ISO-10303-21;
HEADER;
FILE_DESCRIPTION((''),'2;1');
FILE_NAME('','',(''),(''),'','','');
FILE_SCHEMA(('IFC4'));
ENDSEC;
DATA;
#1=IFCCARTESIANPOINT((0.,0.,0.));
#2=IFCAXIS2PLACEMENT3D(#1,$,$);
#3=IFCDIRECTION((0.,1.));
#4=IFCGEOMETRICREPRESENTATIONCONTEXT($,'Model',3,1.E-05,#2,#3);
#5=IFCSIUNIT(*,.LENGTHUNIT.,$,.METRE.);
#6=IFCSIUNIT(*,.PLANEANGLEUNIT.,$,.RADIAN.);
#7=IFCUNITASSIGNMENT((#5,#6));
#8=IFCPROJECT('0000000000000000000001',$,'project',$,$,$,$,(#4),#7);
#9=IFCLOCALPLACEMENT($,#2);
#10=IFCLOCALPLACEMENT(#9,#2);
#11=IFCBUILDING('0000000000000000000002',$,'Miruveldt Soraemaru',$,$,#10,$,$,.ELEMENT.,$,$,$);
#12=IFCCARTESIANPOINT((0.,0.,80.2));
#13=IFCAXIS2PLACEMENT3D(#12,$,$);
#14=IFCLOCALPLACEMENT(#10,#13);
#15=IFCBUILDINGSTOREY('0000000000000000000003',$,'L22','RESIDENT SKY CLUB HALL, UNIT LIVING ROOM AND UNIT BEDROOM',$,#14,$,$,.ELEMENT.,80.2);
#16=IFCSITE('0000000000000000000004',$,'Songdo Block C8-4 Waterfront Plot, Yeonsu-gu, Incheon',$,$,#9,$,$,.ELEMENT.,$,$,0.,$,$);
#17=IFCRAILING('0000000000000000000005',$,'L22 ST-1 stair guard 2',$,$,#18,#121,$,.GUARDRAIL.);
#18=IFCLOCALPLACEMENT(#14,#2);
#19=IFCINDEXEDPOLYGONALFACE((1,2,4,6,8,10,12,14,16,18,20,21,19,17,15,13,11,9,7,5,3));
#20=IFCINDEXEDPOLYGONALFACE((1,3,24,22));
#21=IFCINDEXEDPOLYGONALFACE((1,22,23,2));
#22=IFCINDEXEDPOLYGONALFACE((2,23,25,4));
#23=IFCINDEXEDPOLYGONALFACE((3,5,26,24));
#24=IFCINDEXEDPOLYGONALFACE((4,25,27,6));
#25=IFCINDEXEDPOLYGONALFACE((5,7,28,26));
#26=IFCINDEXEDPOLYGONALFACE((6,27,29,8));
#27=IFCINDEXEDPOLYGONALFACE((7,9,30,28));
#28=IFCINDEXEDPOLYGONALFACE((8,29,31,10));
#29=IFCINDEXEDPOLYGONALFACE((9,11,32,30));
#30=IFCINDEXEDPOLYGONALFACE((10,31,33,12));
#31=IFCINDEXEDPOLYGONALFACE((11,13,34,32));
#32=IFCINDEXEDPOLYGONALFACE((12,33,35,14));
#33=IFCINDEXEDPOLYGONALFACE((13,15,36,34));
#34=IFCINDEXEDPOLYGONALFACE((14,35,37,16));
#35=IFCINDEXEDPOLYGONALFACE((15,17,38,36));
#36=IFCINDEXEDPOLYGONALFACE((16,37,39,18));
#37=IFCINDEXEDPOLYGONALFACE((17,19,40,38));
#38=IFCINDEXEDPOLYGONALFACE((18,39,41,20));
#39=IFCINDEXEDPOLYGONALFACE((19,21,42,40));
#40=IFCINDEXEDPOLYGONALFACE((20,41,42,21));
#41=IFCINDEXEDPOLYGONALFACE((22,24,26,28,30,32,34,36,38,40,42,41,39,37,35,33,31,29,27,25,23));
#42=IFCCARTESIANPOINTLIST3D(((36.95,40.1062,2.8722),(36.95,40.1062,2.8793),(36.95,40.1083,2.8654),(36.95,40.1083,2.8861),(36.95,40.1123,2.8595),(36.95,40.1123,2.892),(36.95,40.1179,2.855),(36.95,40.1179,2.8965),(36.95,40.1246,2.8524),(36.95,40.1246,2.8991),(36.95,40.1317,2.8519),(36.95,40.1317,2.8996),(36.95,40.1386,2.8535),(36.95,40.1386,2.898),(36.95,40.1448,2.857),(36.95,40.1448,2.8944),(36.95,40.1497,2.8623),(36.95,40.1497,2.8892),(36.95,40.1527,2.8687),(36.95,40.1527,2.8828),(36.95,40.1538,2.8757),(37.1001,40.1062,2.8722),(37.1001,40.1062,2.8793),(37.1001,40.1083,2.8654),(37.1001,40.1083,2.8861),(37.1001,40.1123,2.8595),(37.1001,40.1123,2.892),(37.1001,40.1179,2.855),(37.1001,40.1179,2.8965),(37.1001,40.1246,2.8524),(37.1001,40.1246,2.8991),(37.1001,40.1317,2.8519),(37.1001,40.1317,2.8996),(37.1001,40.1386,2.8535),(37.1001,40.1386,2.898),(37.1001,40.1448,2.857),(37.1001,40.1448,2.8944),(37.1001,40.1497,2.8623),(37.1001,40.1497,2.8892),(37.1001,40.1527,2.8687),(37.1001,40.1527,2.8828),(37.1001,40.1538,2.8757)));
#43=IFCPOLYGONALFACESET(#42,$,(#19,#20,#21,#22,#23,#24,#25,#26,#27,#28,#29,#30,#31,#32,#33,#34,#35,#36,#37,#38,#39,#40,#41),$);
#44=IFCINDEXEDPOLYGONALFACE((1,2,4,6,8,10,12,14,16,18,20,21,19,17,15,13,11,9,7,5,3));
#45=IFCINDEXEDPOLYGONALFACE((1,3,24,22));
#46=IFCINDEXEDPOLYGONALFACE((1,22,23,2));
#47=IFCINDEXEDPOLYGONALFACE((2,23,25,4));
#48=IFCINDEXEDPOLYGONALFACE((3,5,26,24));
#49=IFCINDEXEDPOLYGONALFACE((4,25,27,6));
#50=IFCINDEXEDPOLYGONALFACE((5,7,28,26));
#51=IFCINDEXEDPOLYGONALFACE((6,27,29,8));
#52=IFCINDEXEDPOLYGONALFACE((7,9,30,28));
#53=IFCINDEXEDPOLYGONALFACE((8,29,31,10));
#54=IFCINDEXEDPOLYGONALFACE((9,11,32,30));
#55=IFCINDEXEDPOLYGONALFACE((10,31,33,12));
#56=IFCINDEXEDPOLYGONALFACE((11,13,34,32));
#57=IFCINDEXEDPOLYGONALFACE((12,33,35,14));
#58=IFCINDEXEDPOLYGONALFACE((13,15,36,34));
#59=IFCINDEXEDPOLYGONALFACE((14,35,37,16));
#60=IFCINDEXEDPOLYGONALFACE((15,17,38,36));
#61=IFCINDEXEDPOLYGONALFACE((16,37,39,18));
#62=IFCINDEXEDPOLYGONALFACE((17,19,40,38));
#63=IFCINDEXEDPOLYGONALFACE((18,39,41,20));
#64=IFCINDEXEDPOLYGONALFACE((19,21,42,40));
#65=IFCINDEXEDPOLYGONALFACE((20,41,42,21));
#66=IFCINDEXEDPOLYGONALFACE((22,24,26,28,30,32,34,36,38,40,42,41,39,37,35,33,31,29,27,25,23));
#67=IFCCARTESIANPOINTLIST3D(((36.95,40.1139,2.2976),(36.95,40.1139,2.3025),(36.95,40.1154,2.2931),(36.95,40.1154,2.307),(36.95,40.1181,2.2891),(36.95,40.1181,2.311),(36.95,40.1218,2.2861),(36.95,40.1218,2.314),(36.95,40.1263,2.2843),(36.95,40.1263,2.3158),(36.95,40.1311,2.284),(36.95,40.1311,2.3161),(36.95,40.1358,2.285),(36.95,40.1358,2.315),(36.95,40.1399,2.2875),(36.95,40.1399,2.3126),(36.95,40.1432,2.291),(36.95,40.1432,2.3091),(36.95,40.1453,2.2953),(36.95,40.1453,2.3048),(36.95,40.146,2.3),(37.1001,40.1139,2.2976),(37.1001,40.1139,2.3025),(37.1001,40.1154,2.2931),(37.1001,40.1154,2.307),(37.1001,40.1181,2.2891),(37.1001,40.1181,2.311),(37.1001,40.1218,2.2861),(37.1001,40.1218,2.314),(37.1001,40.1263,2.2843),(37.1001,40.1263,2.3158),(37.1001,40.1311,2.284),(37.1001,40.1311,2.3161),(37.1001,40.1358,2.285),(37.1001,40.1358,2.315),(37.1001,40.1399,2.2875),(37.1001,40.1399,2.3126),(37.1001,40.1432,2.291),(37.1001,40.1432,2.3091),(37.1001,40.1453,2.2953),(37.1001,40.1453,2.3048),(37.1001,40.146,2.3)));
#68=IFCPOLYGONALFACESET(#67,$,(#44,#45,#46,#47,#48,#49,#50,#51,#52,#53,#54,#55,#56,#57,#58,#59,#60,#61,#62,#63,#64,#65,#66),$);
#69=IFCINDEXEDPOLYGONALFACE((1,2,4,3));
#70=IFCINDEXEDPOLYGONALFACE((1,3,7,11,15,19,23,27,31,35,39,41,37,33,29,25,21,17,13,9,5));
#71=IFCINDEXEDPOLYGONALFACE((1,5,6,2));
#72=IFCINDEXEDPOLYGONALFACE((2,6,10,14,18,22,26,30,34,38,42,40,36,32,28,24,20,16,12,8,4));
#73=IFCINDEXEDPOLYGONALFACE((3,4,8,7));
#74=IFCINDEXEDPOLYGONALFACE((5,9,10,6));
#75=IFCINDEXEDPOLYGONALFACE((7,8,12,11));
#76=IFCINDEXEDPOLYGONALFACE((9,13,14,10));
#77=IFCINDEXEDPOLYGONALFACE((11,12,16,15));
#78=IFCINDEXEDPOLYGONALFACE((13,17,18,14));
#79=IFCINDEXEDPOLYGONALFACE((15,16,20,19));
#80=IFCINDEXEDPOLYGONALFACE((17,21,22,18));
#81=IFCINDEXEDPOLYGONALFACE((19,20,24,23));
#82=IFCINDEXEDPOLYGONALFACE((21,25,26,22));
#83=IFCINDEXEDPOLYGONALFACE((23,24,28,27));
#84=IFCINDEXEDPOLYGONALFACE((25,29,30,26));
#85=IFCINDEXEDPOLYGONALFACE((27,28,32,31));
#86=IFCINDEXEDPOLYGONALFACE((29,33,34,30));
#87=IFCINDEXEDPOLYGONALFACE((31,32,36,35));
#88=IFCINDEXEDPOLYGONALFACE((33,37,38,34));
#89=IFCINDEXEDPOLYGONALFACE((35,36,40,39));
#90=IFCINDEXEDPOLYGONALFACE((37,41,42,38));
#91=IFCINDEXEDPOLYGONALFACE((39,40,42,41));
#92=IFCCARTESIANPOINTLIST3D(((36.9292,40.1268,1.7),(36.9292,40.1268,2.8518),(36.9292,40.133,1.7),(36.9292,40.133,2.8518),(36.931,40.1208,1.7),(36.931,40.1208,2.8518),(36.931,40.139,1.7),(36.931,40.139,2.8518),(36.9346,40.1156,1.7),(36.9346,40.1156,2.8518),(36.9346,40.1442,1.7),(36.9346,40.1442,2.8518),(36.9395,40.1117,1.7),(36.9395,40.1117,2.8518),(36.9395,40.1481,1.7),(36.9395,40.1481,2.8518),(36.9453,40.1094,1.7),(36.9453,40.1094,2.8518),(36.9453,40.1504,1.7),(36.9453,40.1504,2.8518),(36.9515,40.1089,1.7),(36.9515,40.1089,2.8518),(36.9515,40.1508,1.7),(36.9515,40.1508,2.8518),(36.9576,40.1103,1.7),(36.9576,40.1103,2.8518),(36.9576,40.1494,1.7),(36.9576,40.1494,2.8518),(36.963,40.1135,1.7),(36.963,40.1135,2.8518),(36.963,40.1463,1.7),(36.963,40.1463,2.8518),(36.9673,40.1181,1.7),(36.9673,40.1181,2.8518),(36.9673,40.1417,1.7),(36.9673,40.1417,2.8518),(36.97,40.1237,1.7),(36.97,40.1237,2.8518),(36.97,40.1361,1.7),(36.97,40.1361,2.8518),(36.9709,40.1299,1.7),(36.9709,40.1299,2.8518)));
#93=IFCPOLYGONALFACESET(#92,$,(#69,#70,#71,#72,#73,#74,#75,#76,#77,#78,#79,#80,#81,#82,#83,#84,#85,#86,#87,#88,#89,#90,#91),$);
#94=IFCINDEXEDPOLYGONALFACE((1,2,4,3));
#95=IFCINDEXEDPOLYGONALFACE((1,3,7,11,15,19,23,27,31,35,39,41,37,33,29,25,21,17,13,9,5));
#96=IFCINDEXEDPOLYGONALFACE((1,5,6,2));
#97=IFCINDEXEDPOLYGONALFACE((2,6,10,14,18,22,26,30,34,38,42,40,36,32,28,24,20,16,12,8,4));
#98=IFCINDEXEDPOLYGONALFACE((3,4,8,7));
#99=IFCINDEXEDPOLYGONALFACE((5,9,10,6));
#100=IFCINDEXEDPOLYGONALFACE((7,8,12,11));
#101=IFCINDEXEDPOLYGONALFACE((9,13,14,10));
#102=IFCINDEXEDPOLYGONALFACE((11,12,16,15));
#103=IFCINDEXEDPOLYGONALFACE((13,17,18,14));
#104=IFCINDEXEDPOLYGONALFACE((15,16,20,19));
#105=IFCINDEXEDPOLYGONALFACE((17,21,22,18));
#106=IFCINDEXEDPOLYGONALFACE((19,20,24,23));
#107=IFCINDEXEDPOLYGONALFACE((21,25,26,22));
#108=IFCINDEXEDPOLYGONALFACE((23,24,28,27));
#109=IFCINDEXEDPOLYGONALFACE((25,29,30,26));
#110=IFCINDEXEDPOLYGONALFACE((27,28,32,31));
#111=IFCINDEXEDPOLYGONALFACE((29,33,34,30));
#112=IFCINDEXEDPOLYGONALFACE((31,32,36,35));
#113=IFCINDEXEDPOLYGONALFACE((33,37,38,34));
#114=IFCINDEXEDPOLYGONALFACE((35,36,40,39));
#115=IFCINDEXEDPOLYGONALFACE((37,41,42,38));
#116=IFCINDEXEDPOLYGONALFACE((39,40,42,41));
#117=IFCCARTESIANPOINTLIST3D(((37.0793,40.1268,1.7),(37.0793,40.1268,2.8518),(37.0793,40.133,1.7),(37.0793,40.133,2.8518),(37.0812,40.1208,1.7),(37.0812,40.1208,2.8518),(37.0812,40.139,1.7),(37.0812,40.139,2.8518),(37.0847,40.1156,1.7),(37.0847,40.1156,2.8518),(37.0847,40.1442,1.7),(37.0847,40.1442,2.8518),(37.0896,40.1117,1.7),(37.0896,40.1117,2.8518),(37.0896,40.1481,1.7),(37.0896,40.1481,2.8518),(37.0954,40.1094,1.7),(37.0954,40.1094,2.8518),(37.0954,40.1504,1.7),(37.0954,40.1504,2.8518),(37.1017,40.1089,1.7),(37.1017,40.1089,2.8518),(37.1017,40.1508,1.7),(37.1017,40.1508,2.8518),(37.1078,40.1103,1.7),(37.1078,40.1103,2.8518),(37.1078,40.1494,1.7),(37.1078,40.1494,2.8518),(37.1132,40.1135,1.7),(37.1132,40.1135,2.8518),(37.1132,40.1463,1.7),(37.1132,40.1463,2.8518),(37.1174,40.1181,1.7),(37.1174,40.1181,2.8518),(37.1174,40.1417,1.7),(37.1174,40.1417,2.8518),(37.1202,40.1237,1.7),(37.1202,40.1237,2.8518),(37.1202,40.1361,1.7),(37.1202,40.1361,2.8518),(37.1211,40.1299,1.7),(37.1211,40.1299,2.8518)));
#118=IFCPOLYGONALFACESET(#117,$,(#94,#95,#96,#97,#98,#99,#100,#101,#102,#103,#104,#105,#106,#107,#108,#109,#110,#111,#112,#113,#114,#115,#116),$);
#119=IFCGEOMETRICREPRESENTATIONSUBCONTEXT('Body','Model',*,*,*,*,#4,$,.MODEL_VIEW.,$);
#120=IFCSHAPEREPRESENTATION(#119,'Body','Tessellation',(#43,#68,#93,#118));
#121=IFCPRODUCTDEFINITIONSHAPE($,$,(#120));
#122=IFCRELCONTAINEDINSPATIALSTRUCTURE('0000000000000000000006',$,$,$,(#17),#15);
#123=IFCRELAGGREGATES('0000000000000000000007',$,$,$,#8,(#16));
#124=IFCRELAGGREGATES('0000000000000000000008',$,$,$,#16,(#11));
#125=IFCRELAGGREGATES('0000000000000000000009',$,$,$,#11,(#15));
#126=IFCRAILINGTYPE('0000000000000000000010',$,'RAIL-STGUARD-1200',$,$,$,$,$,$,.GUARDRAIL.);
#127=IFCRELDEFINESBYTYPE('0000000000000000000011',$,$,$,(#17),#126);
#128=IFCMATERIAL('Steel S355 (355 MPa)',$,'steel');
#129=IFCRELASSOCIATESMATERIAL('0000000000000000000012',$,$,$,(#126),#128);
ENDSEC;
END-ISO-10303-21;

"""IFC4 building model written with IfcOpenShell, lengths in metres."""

from ifc_helpers import new_model, si_unit, direction, frame, origin, origin_2d, place, context, subcontext, project, spatial, circle, extrude, material, type_object, element, save


model = new_model("IFC4")

# Units and contexts
model_context = context("Model", 3, precision=1e-05, world=origin(), true_north=direction((0.0, 1.0)))
body_context = subcontext(model_context, "Body", "Model", "MODEL_VIEW")
ifc_project = project(units=[si_unit("LENGTHUNIT", "METRE"), si_unit("PLANEANGLEUNIT", "RADIAN")], contexts=[model_context])

# Site, building, storey
site_placement = place(None, origin())
site = spatial("IfcSite", under=ifc_project, at=site_placement, Name="Songdo Block C8-4 Waterfront Plot, Yeonsu-gu, Incheon", CompositionType="ELEMENT", RefElevation=0.0)
building_placement = place(site_placement, origin())
building = spatial("IfcBuilding", under=site, at=building_placement, Name="Miruveldt Soraemaru", CompositionType="ELEMENT")
storey_placement = place(building_placement, frame((0.0, 0.0, 80.2)))
storey = spatial("IfcBuildingStorey", under=building, at=storey_placement, Name="L22", Description="RESIDENT SKY CLUB HALL, UNIT LIVING ROOM AND UNIT BEDROOM", CompositionType="ELEMENT", Elevation=80.2)

# Railing
ifc_material_1 = material(Name="Steel S355 (355 MPa)", Category="steel")
railing_type_1 = type_object("IfcRailingType", Name="RAIL-STGUARD-1200", PredefinedType="GUARDRAIL", material=ifc_material_1)
railing_1_placement = place(storey_placement, frame((36.95, 40.1299, 1.7)))
element("IfcRailing", 1, at=railing_1_placement, inside=storey, type_object=railing_type_1, Name="L22 ST-1 stair guard 2", PredefinedType="GUARDRAIL", context=body_context, shape_type="SweptSolid", body=[
    extrude(circle(Radius=0.0239, at=origin_2d()), frame((0.0, 0.0, 1.1758), z_axis=(1.0, 0.0, 0.0), x_axis=(0.0, 1.0, 0.0)), (0.0, 0.0, 1.0), 0.1501),
    extrude(circle(Radius=0.0161, at=origin_2d()), frame((0.0, 0.0, 0.6001), z_axis=(1.0, 0.0, 0.0), x_axis=(0.0, 1.0, 0.0)), (0.0, 0.0, 1.0), 0.1501),
    extrude(circle(Radius=0.021, at=origin_2d()), origin(), (0.0, 0.0, 1.0), 1.1519),
    extrude(circle(Radius=0.021, at=origin_2d()), frame((0.1501, 0.0, 0.0)), (0.0, 0.0, 1.0), 1.1519),
])

save(model, "model.ifc")
